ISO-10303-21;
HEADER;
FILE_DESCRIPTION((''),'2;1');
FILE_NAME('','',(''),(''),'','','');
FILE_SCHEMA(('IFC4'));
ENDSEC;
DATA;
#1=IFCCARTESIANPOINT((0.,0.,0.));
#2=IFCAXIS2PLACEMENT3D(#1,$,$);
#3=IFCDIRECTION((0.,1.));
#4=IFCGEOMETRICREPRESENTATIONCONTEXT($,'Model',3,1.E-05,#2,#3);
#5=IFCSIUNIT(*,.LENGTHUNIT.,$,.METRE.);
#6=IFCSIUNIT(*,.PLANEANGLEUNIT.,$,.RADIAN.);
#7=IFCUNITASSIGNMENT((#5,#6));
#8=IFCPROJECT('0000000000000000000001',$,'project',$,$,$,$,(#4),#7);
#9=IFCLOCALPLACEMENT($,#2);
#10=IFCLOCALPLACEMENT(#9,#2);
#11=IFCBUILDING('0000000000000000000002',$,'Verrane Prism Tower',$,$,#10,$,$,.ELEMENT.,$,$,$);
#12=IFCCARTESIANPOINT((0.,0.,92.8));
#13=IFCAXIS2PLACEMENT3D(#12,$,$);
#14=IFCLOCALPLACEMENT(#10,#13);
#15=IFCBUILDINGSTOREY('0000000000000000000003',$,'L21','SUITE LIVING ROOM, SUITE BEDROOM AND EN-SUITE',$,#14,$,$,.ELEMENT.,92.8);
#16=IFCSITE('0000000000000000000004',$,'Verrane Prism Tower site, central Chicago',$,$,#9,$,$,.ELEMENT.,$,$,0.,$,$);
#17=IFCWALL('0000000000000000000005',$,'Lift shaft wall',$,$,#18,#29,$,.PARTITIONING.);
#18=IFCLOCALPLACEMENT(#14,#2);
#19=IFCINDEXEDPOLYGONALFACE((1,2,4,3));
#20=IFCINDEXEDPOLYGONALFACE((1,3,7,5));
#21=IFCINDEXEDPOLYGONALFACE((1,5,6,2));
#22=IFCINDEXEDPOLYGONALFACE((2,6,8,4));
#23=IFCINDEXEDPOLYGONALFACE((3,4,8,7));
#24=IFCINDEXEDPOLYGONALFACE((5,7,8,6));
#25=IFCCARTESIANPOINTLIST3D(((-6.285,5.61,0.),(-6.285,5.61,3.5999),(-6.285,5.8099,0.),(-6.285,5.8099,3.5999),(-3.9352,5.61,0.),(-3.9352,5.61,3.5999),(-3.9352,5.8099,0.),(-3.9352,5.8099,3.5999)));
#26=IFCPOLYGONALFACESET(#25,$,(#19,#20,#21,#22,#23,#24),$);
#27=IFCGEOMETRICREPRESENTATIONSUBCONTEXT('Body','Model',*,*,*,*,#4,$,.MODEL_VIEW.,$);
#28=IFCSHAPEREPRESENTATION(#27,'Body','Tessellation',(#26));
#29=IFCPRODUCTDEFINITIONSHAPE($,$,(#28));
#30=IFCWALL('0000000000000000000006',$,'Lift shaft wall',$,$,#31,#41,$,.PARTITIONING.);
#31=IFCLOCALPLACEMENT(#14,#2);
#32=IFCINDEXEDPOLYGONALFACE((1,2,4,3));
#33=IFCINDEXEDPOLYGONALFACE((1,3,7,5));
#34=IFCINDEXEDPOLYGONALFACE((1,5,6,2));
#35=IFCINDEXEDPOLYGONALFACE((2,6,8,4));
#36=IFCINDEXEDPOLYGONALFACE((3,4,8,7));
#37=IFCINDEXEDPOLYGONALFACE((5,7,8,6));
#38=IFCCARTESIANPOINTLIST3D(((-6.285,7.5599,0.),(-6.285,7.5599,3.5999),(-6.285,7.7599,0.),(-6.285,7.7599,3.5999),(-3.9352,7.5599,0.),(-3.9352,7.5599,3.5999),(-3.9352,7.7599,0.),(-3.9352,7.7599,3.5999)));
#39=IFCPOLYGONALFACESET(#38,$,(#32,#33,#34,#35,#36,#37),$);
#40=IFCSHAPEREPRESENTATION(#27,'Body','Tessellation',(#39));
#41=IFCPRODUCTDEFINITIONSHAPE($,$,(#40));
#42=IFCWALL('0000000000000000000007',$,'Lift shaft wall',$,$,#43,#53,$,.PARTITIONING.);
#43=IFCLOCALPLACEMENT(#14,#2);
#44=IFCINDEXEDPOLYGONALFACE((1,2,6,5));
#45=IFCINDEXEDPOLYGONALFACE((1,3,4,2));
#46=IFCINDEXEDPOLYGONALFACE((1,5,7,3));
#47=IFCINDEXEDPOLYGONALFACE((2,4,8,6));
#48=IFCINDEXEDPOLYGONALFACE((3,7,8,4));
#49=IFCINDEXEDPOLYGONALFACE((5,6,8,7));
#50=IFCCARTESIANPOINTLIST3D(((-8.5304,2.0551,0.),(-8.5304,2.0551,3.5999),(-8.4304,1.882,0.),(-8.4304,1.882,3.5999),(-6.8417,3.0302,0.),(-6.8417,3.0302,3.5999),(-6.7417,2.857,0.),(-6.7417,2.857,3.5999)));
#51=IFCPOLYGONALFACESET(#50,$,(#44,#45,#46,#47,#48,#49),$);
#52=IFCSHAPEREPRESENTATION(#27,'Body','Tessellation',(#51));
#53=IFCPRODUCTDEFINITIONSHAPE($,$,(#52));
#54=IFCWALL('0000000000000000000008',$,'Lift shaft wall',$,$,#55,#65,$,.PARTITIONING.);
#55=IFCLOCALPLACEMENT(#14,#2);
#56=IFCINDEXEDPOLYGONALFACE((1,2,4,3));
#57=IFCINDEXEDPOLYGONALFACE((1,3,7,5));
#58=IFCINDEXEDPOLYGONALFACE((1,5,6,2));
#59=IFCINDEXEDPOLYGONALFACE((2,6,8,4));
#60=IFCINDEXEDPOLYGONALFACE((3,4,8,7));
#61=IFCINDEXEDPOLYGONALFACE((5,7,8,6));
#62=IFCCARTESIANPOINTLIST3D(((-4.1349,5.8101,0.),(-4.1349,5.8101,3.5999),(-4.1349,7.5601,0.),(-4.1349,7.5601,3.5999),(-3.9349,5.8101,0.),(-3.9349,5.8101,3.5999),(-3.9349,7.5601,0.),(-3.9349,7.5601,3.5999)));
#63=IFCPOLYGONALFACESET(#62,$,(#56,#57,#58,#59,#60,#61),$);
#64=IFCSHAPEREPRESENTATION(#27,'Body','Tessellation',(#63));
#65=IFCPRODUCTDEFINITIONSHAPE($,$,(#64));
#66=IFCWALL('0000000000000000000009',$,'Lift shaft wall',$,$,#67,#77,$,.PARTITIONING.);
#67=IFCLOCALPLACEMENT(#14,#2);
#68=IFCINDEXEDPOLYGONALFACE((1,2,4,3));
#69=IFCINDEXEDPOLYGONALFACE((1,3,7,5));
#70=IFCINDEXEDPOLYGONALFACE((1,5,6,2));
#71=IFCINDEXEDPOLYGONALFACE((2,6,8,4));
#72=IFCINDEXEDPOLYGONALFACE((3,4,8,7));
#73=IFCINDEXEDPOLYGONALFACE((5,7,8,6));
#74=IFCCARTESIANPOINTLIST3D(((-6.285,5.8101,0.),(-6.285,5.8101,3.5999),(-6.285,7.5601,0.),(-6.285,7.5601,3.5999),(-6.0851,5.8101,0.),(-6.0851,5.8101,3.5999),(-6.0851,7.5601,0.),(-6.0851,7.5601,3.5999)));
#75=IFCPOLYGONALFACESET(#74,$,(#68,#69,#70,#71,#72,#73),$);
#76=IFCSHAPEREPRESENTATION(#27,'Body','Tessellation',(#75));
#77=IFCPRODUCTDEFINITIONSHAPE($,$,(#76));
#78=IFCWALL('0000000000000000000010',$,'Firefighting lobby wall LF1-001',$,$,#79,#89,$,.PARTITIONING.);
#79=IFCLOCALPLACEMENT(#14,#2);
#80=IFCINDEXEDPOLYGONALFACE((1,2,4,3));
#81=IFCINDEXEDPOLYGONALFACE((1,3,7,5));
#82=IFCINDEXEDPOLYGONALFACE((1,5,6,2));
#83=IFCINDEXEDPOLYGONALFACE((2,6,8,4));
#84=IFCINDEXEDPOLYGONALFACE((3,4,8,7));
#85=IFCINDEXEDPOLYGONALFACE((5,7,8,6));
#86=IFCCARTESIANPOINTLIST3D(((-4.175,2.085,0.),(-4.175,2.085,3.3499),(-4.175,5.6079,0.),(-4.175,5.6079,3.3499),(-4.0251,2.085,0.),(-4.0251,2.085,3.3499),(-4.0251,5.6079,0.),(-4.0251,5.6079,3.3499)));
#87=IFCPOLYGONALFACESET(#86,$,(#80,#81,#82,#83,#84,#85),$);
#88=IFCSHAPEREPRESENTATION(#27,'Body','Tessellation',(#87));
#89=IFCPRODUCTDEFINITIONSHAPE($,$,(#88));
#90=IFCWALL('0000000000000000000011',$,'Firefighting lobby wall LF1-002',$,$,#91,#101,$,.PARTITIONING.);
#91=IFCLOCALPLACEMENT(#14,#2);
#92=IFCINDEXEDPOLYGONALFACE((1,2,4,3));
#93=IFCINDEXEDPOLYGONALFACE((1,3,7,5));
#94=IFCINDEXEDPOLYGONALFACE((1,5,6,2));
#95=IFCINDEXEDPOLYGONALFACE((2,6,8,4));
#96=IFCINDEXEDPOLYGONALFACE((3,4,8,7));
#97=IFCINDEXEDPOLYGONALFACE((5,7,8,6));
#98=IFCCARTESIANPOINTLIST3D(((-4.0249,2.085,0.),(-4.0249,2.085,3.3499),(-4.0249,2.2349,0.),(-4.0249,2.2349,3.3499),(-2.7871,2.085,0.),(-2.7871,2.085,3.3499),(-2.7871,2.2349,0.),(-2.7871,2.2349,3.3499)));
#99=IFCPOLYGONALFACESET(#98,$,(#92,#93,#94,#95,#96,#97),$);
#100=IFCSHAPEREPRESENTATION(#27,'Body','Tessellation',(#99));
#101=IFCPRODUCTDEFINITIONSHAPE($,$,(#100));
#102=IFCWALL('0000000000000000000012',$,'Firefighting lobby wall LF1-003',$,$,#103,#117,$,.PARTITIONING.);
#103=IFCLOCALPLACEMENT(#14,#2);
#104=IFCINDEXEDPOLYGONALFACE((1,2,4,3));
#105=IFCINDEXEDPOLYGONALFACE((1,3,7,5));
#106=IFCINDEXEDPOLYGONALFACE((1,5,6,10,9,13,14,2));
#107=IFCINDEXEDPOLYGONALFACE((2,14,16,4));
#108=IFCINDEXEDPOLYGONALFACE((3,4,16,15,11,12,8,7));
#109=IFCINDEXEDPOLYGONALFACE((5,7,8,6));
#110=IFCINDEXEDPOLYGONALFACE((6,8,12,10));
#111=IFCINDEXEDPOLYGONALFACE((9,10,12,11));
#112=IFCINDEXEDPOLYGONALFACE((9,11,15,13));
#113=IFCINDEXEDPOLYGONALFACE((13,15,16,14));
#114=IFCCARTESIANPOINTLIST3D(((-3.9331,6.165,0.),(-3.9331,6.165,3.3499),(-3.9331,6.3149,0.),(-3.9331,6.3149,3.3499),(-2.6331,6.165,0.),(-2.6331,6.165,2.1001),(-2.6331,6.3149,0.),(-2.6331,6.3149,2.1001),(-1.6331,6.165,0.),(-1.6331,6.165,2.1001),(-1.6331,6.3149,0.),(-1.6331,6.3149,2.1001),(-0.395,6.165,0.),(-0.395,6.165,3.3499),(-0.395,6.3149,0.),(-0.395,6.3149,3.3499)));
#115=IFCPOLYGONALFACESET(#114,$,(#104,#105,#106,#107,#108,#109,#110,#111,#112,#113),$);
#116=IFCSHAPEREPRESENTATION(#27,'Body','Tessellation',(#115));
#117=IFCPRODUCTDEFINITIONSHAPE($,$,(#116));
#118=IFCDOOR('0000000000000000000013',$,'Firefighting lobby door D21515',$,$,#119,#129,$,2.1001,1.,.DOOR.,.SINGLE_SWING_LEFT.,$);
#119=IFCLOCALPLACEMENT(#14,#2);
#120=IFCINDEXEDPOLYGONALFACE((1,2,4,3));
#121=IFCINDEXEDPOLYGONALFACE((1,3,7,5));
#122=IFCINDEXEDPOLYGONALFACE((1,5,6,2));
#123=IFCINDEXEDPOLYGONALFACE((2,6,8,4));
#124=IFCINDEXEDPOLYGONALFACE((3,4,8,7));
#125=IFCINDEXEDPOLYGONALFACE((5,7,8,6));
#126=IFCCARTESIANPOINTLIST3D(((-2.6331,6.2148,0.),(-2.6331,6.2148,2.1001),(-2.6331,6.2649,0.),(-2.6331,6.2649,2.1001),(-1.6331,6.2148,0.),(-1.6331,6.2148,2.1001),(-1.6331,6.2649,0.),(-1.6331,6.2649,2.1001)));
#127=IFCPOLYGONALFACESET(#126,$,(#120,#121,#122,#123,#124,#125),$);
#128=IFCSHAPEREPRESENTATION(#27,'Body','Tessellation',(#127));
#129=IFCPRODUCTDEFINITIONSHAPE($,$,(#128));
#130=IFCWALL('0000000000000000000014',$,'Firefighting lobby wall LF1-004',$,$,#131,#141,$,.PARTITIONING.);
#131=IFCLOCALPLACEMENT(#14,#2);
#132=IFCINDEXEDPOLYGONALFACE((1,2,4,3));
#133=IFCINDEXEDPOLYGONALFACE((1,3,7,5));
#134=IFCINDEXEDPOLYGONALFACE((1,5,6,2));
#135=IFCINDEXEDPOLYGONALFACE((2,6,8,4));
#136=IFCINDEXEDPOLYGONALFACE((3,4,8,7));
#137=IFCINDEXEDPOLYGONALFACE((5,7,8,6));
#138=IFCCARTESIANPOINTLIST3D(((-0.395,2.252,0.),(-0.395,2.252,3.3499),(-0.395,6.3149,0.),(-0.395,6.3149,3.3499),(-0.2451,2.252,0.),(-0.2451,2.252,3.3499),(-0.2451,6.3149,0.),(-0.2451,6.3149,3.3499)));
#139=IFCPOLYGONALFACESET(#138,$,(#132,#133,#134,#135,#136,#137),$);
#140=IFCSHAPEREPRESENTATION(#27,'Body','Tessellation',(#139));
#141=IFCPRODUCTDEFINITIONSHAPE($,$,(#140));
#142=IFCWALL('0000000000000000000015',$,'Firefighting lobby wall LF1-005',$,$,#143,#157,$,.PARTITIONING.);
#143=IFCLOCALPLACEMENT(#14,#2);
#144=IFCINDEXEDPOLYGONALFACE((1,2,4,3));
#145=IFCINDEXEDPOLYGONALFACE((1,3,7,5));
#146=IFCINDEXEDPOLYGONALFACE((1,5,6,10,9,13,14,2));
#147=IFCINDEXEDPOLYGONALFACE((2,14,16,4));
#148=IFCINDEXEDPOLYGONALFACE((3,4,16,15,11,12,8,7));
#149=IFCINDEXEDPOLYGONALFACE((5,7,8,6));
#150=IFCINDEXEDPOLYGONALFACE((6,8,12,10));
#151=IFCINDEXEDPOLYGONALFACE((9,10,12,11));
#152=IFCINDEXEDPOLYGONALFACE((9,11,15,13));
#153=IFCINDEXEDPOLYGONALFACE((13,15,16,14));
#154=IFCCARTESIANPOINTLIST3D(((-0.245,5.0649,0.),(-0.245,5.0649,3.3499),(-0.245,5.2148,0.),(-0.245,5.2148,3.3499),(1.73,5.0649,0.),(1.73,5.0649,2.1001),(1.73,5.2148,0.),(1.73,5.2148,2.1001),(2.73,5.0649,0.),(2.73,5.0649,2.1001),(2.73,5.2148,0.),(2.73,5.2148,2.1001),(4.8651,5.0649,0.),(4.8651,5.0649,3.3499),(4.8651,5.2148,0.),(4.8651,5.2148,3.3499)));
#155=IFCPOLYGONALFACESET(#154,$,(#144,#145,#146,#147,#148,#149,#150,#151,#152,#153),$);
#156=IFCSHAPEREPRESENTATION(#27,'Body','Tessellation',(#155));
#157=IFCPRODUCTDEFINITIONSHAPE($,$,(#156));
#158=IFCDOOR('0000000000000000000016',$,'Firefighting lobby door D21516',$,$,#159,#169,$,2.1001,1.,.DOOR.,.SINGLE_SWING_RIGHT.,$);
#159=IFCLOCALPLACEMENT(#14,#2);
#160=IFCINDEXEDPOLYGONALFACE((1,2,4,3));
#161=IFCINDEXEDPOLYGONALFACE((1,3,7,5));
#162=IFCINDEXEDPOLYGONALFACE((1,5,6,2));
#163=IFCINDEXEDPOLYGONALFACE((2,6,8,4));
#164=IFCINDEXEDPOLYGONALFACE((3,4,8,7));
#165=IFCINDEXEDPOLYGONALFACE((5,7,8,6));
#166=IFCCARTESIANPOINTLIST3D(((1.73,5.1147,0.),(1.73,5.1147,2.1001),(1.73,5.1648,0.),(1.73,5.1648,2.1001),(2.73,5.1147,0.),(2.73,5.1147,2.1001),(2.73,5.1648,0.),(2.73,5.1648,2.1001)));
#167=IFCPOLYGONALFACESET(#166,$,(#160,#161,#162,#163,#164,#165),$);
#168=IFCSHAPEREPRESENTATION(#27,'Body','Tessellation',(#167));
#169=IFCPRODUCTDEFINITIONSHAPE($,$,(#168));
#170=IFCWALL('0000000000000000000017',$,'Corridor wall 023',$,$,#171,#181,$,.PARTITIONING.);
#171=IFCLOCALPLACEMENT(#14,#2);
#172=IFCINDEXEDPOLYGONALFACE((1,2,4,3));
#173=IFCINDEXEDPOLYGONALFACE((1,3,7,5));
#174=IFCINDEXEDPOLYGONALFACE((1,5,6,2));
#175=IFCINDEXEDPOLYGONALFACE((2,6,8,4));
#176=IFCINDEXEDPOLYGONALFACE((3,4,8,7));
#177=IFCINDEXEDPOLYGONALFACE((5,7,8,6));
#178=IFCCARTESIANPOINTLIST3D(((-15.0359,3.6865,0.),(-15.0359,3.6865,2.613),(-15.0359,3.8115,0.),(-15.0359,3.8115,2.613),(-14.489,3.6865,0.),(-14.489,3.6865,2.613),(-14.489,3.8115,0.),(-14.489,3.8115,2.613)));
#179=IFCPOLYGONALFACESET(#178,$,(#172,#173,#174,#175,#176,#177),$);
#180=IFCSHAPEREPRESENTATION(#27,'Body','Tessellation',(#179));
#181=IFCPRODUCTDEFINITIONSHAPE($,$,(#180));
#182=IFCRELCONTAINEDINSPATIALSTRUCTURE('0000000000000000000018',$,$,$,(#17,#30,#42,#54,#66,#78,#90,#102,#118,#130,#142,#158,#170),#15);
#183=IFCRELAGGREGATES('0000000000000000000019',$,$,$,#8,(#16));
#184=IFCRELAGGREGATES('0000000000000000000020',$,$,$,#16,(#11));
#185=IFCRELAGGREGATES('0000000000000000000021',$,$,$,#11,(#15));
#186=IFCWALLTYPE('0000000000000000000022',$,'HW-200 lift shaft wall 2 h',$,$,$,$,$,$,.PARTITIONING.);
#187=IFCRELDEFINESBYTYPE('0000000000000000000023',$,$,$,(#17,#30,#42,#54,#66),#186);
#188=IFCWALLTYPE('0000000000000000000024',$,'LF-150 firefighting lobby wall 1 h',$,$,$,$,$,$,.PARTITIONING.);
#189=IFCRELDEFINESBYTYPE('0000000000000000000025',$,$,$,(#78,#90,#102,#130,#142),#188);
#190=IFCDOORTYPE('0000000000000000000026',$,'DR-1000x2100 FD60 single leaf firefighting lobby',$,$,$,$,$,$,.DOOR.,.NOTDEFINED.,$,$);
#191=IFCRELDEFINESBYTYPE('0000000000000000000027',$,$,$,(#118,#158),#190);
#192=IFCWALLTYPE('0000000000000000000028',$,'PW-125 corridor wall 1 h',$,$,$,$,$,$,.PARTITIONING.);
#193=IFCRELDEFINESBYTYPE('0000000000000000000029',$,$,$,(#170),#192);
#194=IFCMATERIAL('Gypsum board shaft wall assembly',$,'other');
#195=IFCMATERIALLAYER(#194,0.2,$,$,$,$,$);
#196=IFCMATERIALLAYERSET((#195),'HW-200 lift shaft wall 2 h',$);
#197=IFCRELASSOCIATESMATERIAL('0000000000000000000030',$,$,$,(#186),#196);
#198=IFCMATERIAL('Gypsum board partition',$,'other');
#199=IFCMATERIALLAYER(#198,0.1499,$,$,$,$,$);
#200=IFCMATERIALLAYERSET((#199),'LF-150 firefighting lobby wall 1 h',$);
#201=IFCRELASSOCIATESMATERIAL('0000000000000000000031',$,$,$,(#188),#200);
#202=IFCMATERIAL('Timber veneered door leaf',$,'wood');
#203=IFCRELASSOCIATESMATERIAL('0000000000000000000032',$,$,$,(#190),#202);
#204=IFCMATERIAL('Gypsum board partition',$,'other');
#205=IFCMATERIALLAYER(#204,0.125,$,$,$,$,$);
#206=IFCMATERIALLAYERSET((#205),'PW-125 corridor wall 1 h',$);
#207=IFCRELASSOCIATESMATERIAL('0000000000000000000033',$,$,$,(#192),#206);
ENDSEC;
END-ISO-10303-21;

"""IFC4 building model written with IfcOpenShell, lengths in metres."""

from ifc_helpers import new_model, si_unit, direction, frame, frame_2d, origin, place, context, subcontext, project, spatial, rectangle, extrude, material, layer, layer_set, type_object, element, fill, save


model = new_model("IFC4")

# Units and contexts
model_context = context("Model", 3, precision=1e-05, world=origin(), true_north=direction((0.0, 1.0)))
body_context = subcontext(model_context, "Body", "Model", "MODEL_VIEW")
ifc_project = project(units=[si_unit("LENGTHUNIT", "METRE"), si_unit("PLANEANGLEUNIT", "RADIAN")], contexts=[model_context])

# Site, building, storey
site_placement = place(None, origin())
site = spatial("IfcSite", under=ifc_project, at=site_placement, Name="Verrane Prism Tower site, central Chicago", CompositionType="ELEMENT", RefElevation=0.0)
building_placement = place(site_placement, origin())
building = spatial("IfcBuilding", under=site, at=building_placement, Name="Verrane Prism Tower", CompositionType="ELEMENT")
storey_placement = place(building_placement, frame((0.0, 0.0, 92.8)))
storey = spatial("IfcBuildingStorey", under=building, at=storey_placement, Name="L21", Description="SUITE LIVING ROOM, SUITE BEDROOM AND EN-SUITE", CompositionType="ELEMENT", Elevation=92.8)

# Shared definitions
ifc_material_1 = material(Name="Gypsum board shaft wall assembly", Category="other")
ifc_layer_1 = layer(ifc_material_1, 0.2)
ifc_layer_set_1 = layer_set([ifc_layer_1], Name="HW-200 lift shaft wall 2 h")
wall_type_1 = type_object("IfcWallType", Name="HW-200 lift shaft wall 2 h", PredefinedType="PARTITIONING", material=ifc_layer_set_1)

# Walls
for number, where, z_axis, x_axis, name in (
    (1, (-6.2849, 5.71, 0.0), (0.0, 0.0, 1.0), (1.0, 0.0, 0.0), "Lift shaft wall"),
    (2, (-6.2849, 7.6599, 0.0), (0.0, 0.0, 1.0), (1.0, 0.0, 0.0), "Lift shaft wall"),
):
    element("IfcWall", number, at=place(storey_placement, frame(where, z_axis=z_axis, x_axis=x_axis)), inside=storey, type_object=wall_type_1, Name=name, PredefinedType="PARTITIONING", context=body_context, shape_type="SweptSolid", body=[
        extrude(rectangle(XDim=2.3499, YDim=0.2, at=frame_2d((1.1748, 0.0))), origin(), (0.0, 0.0, 1.0), 3.5999),
    ])
wall_1_placement = place(storey_placement, frame((-8.4805, 1.9685, 0.0), z_axis=(0.0, 0.0, 1.0), x_axis=(0.866, 0.500044, 0.0)))
element("IfcWall", 3, at=wall_1_placement, inside=storey, type_object=wall_type_1, Name="Lift shaft wall", PredefinedType="PARTITIONING", context=body_context, shape_type="SweptSolid", body=[
    extrude(rectangle(XDim=1.95, YDim=0.2, at=frame_2d((0.9751, 0.0))), origin(), (0.0, 0.0, 1.0), 3.5999),
])
for number, where, z_axis, x_axis, name in (
    (4, (-4.0349, 5.8101, 0.0), (0.0, 0.0, 1.0), (0.0, 1.0, 0.0), "Lift shaft wall"),
    (5, (-6.1851, 5.8101, 0.0), (0.0, 0.0, 1.0), (0.0, 1.0, 0.0), "Lift shaft wall"),
):
    element("IfcWall", number, at=place(storey_placement, frame(where, z_axis=z_axis, x_axis=x_axis)), inside=storey, type_object=wall_type_1, Name=name, PredefinedType="PARTITIONING", context=body_context, shape_type="SweptSolid", body=[
        extrude(rectangle(XDim=1.75, YDim=0.2, at=frame_2d((0.875, 0.0))), origin(), (0.0, 0.0, 1.0), 3.5999),
    ])
ifc_material_2 = material(Name="Gypsum board partition", Category="other")
ifc_layer_2 = layer(ifc_material_2, 0.1499)
ifc_layer_set_2 = layer_set([ifc_layer_2], Name="LF-150 firefighting lobby wall 1 h")
wall_type_2 = type_object("IfcWallType", Name="LF-150 firefighting lobby wall 1 h", PredefinedType="PARTITIONING", material=ifc_layer_set_2)
wall_2_placement = place(storey_placement, frame((-4.1001, 2.085, 0.0), z_axis=(0.0, 0.0, 1.0), x_axis=(0.0, 1.0, 0.0)))
element("IfcWall", 6, at=wall_2_placement, inside=storey, type_object=wall_type_2, Name="Firefighting lobby wall LF1-001", PredefinedType="PARTITIONING", context=body_context, shape_type="SweptSolid", body=[
    extrude(rectangle(XDim=3.5229, YDim=0.1499, at=frame_2d((1.7615, 0.0))), origin(), (0.0, 0.0, 1.0), 3.3499),
])
wall_3_placement = place(storey_placement, frame((-4.0249, 2.1599, 0.0), z_axis=(0.0, 0.0, 1.0), x_axis=(1.0, 0.0, 0.0)))
element("IfcWall", 7, at=wall_3_placement, inside=storey, type_object=wall_type_2, Name="Firefighting lobby wall LF1-002", PredefinedType="PARTITIONING", context=body_context, shape_type="SweptSolid", body=[
    extrude(rectangle(XDim=1.2378, YDim=0.1499, at=frame_2d((0.6189, 0.0))), origin(), (0.0, 0.0, 1.0), 3.3499),
])

# Wall, opening, door
wall_4_placement = place(storey_placement, frame((-3.9331, 6.24, 0.0), z_axis=(0.0, 0.0, 1.0), x_axis=(1.0, 0.0, 0.0)))
wall_4 = element("IfcWall", 8, at=wall_4_placement, inside=storey, type_object=wall_type_2, Name="Firefighting lobby wall LF1-003", PredefinedType="PARTITIONING", context=body_context, shape_type="SweptSolid", body=[
    extrude(rectangle(XDim=3.5381, YDim=0.1499, at=frame_2d((1.769, 0.0))), origin(), (0.0, 0.0, 1.0), 3.3499),
])
opening_1_placement = place(wall_4_placement, frame((1.3, 0.0, 0.0)))
opening_1 = element("IfcOpeningElement", 9, at=opening_1_placement, cuts=wall_4, PredefinedType="OPENING", context=body_context, shape_type="SweptSolid", body=[
    extrude(rectangle(XDim=1.0, YDim=2.1001, at=frame_2d((0.5, 1.05))), frame((0.0, 0.085, 0.0), z_axis=(0.0, -1.0, 0.0), x_axis=(1.0, 0.0, 0.0)), (0.0, 0.0, 1.0), 0.1699),
])
ifc_material_3 = material(Name="Timber veneered door leaf", Category="wood")
door_type_1 = type_object("IfcDoorType", Name="DR-1000x2100 FD60 single leaf firefighting lobby", OperationType="NOTDEFINED", PredefinedType="DOOR", material=ifc_material_3)
door_1_placement = place(opening_1_placement, origin())
door_1 = element("IfcDoor", 10, at=door_1_placement, inside=storey, type_object=door_type_1, Name="Firefighting lobby door D21515", OperationType="SINGLE_SWING_LEFT", OverallHeight=2.1001, OverallWidth=1.0, PredefinedType="DOOR", context=body_context, shape_type="SweptSolid", body=[
    extrude(rectangle(XDim=1.0, YDim=2.1001, at=frame_2d((0.5, 1.05))), frame((0.0, 0.0249, 0.0), z_axis=(0.0, -1.0, 0.0), x_axis=(1.0, 0.0, 0.0)), (0.0, 0.0, 1.0), 0.05),
])
fill(opening_1, door_1)

# Wall
wall_5_placement = place(storey_placement, frame((-0.3201, 2.252, 0.0), z_axis=(0.0, 0.0, 1.0), x_axis=(0.0, 1.0, 0.0)))
element("IfcWall", 11, at=wall_5_placement, inside=storey, type_object=wall_type_2, Name="Firefighting lobby wall LF1-004", PredefinedType="PARTITIONING", context=body_context, shape_type="SweptSolid", body=[
    extrude(rectangle(XDim=4.063, YDim=0.1499, at=frame_2d((2.0315, 0.0))), origin(), (0.0, 0.0, 1.0), 3.3499),
])

# Wall, opening, door
wall_6_placement = place(storey_placement, frame((-0.2451, 5.1399, 0.0), z_axis=(0.0, 0.0, 1.0), x_axis=(1.0, 0.0, 0.0)))
wall_6 = element("IfcWall", 12, at=wall_6_placement, inside=storey, type_object=wall_type_2, Name="Firefighting lobby wall LF1-005", PredefinedType="PARTITIONING", context=body_context, shape_type="SweptSolid", body=[
    extrude(rectangle(XDim=5.1101, YDim=0.1499, at=frame_2d((2.5552, 0.0))), origin(), (0.0, 0.0, 1.0), 3.3499),
])
opening_2_placement = place(wall_6_placement, frame((1.9751, 0.0, 0.0)))
opening_2 = element("IfcOpeningElement", 13, at=opening_2_placement, cuts=wall_6, PredefinedType="OPENING", context=body_context, shape_type="SweptSolid", body=[
    extrude(rectangle(XDim=1.0, YDim=2.1001, at=frame_2d((0.5, 1.05))), frame((0.0, 0.085, 0.0), z_axis=(0.0, -1.0, 0.0), x_axis=(1.0, 0.0, 0.0)), (0.0, 0.0, 1.0), 0.1699),
])
door_2_placement = place(opening_2_placement, origin())
door_2 = element("IfcDoor", 14, at=door_2_placement, inside=storey, type_object=door_type_1, Name="Firefighting lobby door D21516", OperationType="SINGLE_SWING_RIGHT", OverallHeight=2.1001, OverallWidth=1.0, PredefinedType="DOOR", context=body_context, shape_type="SweptSolid", body=[
    extrude(rectangle(XDim=1.0, YDim=2.1001, at=frame_2d((0.5, 1.05))), frame((0.0, 0.0249, 0.0), z_axis=(0.0, -1.0, 0.0), x_axis=(1.0, 0.0, 0.0)), (0.0, 0.0, 1.0), 0.05),
])
fill(opening_2, door_2)

# Wall
ifc_material_4 = material(Name="Gypsum board partition", Category="other")
ifc_layer_3 = layer(ifc_material_4, 0.125)
ifc_layer_set_3 = layer_set([ifc_layer_3], Name="PW-125 corridor wall 1 h")
wall_type_3 = type_object("IfcWallType", Name="PW-125 corridor wall 1 h", PredefinedType="PARTITIONING", material=ifc_layer_set_3)
wall_7_placement = place(storey_placement, frame((-15.0359, 3.749, 0.0), z_axis=(0.0, 0.0, 1.0), x_axis=(1.0, 0.0, 0.0)))
element("IfcWall", 15, at=wall_7_placement, inside=storey, type_object=wall_type_3, Name="Corridor wall 023", PredefinedType="PARTITIONING", context=body_context, shape_type="SweptSolid", body=[
    extrude(rectangle(XDim=0.5469, YDim=0.125, at=frame_2d((0.2734, 0.0))), origin(), (0.0, 0.0, 1.0), 2.613),
])

save(model, "model.ifc")
